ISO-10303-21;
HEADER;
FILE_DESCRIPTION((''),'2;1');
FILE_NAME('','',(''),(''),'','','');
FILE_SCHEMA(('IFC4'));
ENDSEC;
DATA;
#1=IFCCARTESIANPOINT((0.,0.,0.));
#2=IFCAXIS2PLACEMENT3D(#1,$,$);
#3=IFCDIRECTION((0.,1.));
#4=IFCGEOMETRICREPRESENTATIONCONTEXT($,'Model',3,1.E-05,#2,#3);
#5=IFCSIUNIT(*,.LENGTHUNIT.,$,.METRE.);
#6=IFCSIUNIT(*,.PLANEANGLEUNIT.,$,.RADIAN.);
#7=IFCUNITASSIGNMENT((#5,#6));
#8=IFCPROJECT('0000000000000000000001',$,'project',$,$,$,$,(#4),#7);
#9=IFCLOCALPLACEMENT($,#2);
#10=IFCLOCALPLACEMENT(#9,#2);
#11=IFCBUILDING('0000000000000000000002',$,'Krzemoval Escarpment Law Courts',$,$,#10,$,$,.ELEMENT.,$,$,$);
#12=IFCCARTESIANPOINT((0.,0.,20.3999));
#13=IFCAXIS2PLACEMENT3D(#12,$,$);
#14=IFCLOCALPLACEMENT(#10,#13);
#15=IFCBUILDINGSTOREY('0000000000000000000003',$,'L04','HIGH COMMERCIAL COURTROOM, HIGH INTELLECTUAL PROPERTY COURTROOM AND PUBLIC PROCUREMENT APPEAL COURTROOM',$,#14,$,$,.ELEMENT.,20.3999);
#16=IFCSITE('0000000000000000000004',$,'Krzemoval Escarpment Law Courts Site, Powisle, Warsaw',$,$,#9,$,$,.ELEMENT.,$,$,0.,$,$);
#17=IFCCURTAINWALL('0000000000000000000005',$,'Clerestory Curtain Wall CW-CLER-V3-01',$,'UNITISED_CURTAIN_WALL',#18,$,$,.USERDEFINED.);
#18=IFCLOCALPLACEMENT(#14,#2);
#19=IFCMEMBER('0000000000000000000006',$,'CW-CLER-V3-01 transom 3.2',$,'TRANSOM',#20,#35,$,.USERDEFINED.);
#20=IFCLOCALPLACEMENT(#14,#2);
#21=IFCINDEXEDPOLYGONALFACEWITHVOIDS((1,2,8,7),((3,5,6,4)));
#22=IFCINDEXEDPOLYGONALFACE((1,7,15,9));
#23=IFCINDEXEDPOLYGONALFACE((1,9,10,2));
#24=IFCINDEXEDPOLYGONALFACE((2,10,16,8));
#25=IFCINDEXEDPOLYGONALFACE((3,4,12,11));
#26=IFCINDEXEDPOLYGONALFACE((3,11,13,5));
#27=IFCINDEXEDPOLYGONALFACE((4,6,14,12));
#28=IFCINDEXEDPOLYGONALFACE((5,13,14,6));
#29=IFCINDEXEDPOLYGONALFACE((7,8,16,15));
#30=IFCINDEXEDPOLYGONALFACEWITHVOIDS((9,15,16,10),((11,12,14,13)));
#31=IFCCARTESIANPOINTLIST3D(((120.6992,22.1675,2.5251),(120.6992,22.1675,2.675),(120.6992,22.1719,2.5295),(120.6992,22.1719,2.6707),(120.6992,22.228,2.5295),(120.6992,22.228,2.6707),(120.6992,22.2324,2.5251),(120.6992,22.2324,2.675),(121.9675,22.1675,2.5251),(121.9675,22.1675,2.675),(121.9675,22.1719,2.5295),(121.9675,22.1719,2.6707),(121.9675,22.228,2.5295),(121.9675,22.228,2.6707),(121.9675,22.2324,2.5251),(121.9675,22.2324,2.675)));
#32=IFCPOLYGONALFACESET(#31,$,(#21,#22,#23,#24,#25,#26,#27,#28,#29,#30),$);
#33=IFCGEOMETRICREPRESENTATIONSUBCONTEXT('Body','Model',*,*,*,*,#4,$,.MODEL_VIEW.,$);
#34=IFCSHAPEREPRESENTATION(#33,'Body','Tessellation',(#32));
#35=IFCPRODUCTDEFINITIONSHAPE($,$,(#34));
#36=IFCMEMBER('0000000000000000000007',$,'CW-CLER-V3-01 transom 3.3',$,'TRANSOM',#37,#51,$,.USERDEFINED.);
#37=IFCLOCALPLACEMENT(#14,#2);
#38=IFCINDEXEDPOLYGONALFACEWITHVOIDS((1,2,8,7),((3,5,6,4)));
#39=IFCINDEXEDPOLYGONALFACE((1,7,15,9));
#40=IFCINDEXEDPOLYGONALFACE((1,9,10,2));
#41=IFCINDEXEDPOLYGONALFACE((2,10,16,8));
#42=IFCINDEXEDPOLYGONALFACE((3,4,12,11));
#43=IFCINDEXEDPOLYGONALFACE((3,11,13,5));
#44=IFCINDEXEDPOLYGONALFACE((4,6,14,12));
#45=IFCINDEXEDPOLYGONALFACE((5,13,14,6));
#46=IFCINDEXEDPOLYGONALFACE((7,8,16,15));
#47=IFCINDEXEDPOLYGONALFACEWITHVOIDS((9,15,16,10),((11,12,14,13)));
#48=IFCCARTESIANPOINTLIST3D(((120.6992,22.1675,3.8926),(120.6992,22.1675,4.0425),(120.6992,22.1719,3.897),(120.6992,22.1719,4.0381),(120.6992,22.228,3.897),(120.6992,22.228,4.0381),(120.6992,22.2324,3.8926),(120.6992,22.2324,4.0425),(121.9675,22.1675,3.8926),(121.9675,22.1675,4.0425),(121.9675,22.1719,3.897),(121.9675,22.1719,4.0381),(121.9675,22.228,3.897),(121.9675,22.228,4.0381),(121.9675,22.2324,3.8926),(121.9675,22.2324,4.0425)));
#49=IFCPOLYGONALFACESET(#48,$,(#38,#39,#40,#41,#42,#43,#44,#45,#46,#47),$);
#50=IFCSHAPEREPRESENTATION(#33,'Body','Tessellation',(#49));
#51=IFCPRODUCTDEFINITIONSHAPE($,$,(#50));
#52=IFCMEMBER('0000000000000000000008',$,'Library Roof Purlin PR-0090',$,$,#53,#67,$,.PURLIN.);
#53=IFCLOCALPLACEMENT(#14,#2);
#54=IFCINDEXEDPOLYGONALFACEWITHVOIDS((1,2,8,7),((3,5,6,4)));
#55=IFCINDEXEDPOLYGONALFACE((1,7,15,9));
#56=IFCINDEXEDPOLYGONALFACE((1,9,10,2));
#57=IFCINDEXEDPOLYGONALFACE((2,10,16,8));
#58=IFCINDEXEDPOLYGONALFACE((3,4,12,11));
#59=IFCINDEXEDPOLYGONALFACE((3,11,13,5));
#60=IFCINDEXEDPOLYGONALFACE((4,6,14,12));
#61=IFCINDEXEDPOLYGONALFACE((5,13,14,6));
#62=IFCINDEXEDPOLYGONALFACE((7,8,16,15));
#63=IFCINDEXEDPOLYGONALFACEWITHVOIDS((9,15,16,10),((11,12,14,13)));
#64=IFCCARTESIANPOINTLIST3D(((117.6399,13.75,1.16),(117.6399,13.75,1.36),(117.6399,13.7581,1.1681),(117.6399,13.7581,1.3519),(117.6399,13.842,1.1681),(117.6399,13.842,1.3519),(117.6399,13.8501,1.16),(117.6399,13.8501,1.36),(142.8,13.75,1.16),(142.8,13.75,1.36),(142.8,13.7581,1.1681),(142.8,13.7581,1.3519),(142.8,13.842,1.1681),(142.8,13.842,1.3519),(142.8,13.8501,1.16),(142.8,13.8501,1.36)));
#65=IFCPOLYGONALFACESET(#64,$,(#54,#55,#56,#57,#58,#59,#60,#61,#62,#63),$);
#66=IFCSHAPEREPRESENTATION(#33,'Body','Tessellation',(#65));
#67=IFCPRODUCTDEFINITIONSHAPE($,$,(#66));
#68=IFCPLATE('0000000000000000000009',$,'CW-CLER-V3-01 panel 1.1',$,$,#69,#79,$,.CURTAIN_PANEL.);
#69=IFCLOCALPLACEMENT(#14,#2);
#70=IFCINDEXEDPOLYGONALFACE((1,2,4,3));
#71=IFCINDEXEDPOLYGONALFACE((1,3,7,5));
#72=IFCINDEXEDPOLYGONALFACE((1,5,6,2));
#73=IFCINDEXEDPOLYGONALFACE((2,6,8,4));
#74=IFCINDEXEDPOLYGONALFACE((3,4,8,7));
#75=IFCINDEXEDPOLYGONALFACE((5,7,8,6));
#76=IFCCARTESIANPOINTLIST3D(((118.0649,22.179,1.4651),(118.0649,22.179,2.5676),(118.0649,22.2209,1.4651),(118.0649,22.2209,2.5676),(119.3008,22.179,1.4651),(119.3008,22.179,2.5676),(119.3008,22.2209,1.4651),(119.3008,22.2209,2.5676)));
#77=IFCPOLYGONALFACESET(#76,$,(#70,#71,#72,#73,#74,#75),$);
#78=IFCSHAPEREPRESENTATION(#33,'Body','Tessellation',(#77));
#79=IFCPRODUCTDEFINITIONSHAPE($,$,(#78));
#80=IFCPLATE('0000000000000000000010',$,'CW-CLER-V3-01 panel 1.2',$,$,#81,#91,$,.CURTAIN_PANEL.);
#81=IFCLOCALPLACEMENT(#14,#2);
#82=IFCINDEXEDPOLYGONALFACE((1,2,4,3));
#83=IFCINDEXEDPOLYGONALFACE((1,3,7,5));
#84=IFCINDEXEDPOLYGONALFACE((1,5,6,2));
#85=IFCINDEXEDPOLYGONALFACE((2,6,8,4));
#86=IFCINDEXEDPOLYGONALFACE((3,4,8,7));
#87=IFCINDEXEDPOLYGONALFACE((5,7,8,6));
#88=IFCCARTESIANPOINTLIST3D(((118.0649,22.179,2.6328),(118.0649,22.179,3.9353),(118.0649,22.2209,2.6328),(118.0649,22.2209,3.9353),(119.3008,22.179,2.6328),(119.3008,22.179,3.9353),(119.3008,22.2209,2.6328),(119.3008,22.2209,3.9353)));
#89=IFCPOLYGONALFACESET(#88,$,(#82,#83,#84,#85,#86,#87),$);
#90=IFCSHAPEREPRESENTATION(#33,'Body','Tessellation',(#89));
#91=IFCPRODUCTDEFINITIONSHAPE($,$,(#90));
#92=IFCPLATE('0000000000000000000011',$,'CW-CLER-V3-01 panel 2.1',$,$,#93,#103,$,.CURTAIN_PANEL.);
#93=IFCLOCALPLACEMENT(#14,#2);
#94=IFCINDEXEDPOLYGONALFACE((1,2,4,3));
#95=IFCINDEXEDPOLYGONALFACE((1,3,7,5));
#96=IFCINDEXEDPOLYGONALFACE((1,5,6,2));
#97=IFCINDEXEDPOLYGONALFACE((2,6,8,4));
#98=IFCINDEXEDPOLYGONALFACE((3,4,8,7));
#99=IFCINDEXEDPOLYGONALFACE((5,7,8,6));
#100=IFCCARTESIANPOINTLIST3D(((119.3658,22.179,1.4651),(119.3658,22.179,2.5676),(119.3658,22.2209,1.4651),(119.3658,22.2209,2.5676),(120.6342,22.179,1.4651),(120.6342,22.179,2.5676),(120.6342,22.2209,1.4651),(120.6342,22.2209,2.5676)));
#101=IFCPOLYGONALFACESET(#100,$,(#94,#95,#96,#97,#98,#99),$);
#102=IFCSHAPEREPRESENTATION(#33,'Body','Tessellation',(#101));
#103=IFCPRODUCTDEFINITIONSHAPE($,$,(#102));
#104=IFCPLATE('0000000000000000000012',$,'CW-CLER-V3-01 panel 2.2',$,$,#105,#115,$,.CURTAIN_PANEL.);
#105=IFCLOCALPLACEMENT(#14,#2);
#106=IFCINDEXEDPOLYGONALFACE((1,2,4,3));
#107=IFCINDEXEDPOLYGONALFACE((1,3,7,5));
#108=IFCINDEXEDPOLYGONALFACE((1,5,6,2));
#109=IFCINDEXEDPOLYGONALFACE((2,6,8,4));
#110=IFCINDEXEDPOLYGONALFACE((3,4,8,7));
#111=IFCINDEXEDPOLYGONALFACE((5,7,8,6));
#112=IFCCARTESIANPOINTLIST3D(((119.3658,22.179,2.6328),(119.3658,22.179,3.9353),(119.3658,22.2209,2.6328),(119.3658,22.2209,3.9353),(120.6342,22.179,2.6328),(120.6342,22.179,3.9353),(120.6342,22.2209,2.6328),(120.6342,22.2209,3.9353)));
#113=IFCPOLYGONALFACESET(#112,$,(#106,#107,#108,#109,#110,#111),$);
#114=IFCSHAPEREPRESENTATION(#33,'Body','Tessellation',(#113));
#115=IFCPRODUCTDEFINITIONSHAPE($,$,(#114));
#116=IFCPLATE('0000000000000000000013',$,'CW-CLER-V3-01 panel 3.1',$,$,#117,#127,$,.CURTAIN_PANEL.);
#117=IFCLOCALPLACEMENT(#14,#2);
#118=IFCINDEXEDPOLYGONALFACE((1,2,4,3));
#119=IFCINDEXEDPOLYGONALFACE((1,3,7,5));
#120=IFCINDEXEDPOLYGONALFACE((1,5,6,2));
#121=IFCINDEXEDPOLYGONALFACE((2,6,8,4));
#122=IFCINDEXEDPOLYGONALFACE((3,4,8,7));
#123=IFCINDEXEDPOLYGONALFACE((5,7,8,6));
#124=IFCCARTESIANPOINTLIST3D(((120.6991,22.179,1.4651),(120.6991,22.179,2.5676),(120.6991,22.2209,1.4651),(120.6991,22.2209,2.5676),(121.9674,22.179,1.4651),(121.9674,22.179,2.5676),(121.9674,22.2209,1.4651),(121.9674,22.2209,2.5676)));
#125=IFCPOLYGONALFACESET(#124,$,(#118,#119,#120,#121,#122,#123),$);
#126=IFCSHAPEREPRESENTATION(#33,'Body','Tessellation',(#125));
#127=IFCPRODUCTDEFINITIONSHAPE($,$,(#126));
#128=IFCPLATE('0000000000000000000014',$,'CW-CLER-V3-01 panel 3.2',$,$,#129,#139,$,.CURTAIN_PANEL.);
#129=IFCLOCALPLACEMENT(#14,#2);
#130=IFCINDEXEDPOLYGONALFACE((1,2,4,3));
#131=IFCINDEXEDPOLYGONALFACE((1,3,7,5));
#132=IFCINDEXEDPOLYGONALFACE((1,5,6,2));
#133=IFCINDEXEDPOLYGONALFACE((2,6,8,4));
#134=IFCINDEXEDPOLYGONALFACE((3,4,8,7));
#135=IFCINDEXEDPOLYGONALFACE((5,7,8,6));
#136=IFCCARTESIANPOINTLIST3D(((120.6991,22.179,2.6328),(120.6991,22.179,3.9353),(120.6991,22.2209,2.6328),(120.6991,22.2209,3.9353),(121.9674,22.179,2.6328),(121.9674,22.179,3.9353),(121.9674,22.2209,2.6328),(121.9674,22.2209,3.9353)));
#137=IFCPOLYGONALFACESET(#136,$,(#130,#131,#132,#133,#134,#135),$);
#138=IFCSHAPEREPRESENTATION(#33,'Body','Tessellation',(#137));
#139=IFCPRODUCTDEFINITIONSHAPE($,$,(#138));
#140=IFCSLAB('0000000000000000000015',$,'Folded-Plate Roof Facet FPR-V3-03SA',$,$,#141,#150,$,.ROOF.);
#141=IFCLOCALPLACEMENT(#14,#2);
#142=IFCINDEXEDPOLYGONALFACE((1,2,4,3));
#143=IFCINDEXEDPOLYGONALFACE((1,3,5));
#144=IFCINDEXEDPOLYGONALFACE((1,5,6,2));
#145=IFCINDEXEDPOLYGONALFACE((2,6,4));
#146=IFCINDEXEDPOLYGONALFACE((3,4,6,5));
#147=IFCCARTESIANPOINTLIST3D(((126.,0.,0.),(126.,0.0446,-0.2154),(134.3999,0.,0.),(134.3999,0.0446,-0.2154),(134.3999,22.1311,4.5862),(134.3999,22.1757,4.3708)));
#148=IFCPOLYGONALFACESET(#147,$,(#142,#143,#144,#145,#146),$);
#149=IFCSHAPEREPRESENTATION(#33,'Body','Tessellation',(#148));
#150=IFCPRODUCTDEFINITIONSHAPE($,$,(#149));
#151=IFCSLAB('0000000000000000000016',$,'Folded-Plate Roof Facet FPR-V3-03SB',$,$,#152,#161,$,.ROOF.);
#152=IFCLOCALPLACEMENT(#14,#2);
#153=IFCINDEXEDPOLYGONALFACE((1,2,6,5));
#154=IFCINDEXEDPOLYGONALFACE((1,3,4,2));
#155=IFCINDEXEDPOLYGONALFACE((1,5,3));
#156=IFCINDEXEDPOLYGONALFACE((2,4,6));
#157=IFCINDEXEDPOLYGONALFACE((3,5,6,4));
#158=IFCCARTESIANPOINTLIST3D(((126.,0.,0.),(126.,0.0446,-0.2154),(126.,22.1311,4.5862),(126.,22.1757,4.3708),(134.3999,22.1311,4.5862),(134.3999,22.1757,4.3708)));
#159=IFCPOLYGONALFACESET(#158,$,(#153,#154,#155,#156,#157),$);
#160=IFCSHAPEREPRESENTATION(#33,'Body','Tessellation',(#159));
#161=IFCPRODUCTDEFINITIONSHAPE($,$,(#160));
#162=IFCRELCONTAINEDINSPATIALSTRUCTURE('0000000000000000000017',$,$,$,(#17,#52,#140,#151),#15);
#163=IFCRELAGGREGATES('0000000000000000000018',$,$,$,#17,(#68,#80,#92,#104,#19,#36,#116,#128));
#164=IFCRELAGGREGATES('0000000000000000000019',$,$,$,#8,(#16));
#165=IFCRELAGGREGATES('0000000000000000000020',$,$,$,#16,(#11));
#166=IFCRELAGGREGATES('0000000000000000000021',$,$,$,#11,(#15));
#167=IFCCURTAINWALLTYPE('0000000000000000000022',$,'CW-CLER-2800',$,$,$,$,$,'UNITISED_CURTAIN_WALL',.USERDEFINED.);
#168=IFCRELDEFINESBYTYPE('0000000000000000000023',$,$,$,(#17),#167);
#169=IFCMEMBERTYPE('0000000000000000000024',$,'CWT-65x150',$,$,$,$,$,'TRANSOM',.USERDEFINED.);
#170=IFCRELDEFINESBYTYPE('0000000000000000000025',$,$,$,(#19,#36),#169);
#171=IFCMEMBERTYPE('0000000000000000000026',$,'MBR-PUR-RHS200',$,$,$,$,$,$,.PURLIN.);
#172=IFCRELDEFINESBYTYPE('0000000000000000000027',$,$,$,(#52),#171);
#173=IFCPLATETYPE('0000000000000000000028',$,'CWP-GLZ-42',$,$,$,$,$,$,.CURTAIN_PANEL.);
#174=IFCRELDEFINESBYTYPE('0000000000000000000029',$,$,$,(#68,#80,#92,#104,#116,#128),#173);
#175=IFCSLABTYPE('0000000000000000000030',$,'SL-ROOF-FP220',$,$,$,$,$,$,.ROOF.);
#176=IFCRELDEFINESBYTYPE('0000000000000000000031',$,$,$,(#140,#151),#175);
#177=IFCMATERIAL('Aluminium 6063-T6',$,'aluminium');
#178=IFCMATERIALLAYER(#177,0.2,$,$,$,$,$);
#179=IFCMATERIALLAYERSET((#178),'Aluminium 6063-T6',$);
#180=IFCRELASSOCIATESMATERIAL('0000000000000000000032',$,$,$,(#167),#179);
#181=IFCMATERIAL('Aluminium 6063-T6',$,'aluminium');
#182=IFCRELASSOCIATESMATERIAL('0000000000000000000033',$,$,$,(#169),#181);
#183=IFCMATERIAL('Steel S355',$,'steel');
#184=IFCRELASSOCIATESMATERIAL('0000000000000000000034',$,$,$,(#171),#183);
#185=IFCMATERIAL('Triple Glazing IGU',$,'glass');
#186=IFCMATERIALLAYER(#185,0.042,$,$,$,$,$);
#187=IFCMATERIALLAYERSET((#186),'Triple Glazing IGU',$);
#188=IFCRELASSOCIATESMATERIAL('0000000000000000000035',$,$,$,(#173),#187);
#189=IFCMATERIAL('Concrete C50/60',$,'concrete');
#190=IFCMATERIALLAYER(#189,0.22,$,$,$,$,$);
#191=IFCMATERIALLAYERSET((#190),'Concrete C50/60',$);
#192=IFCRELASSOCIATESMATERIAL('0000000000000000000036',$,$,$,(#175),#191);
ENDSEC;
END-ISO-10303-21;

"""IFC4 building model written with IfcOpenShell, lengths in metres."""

from ifc_helpers import new_model, si_unit, direction, frame, origin, origin_2d, place, context, subcontext, project, spatial, polyline, rectangle, hollow_rectangle, outline, extrude, material, layer, layer_set, material_profile, profile_set, type_object, element, aggregate, save


model = new_model("IFC4")

# Units and contexts
model_context = context("Model", 3, precision=1e-05, world=origin(), true_north=direction((0.0, 1.0)))
body_context = subcontext(model_context, "Body", "Model", "MODEL_VIEW")
ifc_project = project(units=[si_unit("LENGTHUNIT", "METRE"), si_unit("PLANEANGLEUNIT", "RADIAN")], contexts=[model_context])

# Site, building, storey
site_placement = place(None, origin())
site = spatial("IfcSite", under=ifc_project, at=site_placement, Name="Krzemoval Escarpment Law Courts Site, Powisle, Warsaw", CompositionType="ELEMENT", RefElevation=0.0)
building_placement = place(site_placement, origin())
building = spatial("IfcBuilding", under=site, at=building_placement, Name="Krzemoval Escarpment Law Courts", CompositionType="ELEMENT")
storey_placement = place(building_placement, frame((0.0, 0.0, 20.3999)))
storey = spatial("IfcBuildingStorey", under=building, at=storey_placement, Name="L04", Description="HIGH COMMERCIAL COURTROOM, HIGH INTELLECTUAL PROPERTY COURTROOM AND PUBLIC PROCUREMENT APPEAL COURTROOM", CompositionType="ELEMENT", Elevation=20.3999)

# Curtain wall, members
ifc_material_1 = material(Name="Aluminium 6063-T6", Category="aluminium")
ifc_layer_1 = layer(ifc_material_1, 0.2)
ifc_layer_set_1 = layer_set([ifc_layer_1], Name="Aluminium 6063-T6")
curtain_wall_type = type_object("IfcCurtainWallType", Name="CW-CLER-2800", ElementType="UNITISED_CURTAIN_WALL", PredefinedType="USERDEFINED", material=ifc_layer_set_1)
curtain_wall_placement = place(storey_placement, origin())
curtain_wall = element("IfcCurtainWall", 1, at=curtain_wall_placement, inside=storey, type_object=curtain_wall_type, Name="Clerestory Curtain Wall CW-CLER-V3-01", ObjectType="UNITISED_CURTAIN_WALL", PredefinedType="USERDEFINED")
ifc_material_2 = material(Name="Aluminium 6063-T6", Category="aluminium")
ifc_material_profile_1 = material_profile(ifc_material_2, hollow_rectangle(XDim=0.0649, YDim=0.1499, WallThickness=0.0044, at=origin_2d()), Name="ALU T65x150")
ifc_profile_set_1 = profile_set([ifc_material_profile_1], Name="Aluminium 6063-T6")
member_type_1 = type_object("IfcMemberType", Name="CWT-65x150", ElementType="TRANSOM", PredefinedType="USERDEFINED", material=ifc_profile_set_1)
member_1_placement = place(storey_placement, frame((120.6992, 22.2, 2.6001), z_axis=(1.0, 0.0, 0.0), x_axis=(0.0, 1.0, 0.0)))
member_1 = element("IfcMember", 2, at=member_1_placement, type_object=member_type_1, Name="CW-CLER-V3-01 transom 3.2", ObjectType="TRANSOM", PredefinedType="USERDEFINED", context=body_context, shape_type="SweptSolid", body=[
    extrude(hollow_rectangle(XDim=0.0649, YDim=0.1499, WallThickness=0.0044, at=origin_2d()), origin(), (0.0, 0.0, 1.0), 1.2683),
])
member_2_placement = place(storey_placement, frame((120.6992, 22.2, 3.9675), z_axis=(1.0, 0.0, 0.0), x_axis=(0.0, 1.0, 0.0)))
member_2 = element("IfcMember", 3, at=member_2_placement, type_object=member_type_1, Name="CW-CLER-V3-01 transom 3.3", ObjectType="TRANSOM", PredefinedType="USERDEFINED", context=body_context, shape_type="SweptSolid", body=[
    extrude(hollow_rectangle(XDim=0.0649, YDim=0.1499, WallThickness=0.0044, at=origin_2d()), origin(), (0.0, 0.0, 1.0), 1.2683),
])

# Member
ifc_material_3 = material(Name="Steel S355", Category="steel")
ifc_material_profile_2 = material_profile(ifc_material_3, hollow_rectangle(XDim=0.1001, YDim=0.2, WallThickness=0.0081, at=origin_2d()), Name="RHS 200x100x8")
ifc_profile_set_2 = profile_set([ifc_material_profile_2], Name="Steel S355")
member_type_2 = type_object("IfcMemberType", Name="MBR-PUR-RHS200", PredefinedType="PURLIN", material=ifc_profile_set_2)
member_3_placement = place(storey_placement, frame((117.6399, 13.8, 1.26), z_axis=(1.0, 0.0, 0.0), x_axis=(0.0, 1.0, 0.0)))
element("IfcMember", 4, at=member_3_placement, inside=storey, type_object=member_type_2, Name="Library Roof Purlin PR-0090", PredefinedType="PURLIN", context=body_context, shape_type="SweptSolid", body=[
    extrude(hollow_rectangle(XDim=0.1001, YDim=0.2, WallThickness=0.0081, at=origin_2d()), origin(), (0.0, 0.0, 1.0), 25.1602),
])

# Plates
ifc_material_4 = material(Name="Triple Glazing IGU", Category="glass")
ifc_layer_2 = layer(ifc_material_4, 0.042)
ifc_layer_set_2 = layer_set([ifc_layer_2], Name="Triple Glazing IGU")
plate_type = type_object("IfcPlateType", Name="CWP-GLZ-42", PredefinedType="CURTAIN_PANEL", material=ifc_layer_set_2)
plate_1_placement = place(storey_placement, frame((118.6829, 22.2, 1.4651), z_axis=(0.0, 0.0, 1.0), x_axis=(1.0, 0.0, 0.0)))
plate_1 = element("IfcPlate", 5, at=plate_1_placement, type_object=plate_type, Name="CW-CLER-V3-01 panel 1.1", PredefinedType="CURTAIN_PANEL", context=body_context, shape_type="SweptSolid", body=[
    extrude(rectangle(XDim=1.2358, YDim=0.042, at=origin_2d()), origin(), (0.0, 0.0, 1.0), 1.1025),
])
plate_2_placement = place(storey_placement, frame((118.6829, 22.2, 2.6328), z_axis=(0.0, 0.0, 1.0), x_axis=(1.0, 0.0, 0.0)))
plate_2 = element("IfcPlate", 6, at=plate_2_placement, type_object=plate_type, Name="CW-CLER-V3-01 panel 1.2", PredefinedType="CURTAIN_PANEL", context=body_context, shape_type="SweptSolid", body=[
    extrude(rectangle(XDim=1.2358, YDim=0.042, at=origin_2d()), origin(), (0.0, 0.0, 1.0), 1.3025),
])
plate_3_placement = place(storey_placement, frame((120.0, 22.2, 1.4651), z_axis=(0.0, 0.0, 1.0), x_axis=(1.0, 0.0, 0.0)))
plate_3 = element("IfcPlate", 7, at=plate_3_placement, type_object=plate_type, Name="CW-CLER-V3-01 panel 2.1", PredefinedType="CURTAIN_PANEL", context=body_context, shape_type="SweptSolid", body=[
    extrude(rectangle(XDim=1.2683, YDim=0.042, at=origin_2d()), origin(), (0.0, 0.0, 1.0), 1.1025),
])
plate_4_placement = place(storey_placement, frame((120.0, 22.2, 2.6328), z_axis=(0.0, 0.0, 1.0), x_axis=(1.0, 0.0, 0.0)))
plate_4 = element("IfcPlate", 8, at=plate_4_placement, type_object=plate_type, Name="CW-CLER-V3-01 panel 2.2", PredefinedType="CURTAIN_PANEL", context=body_context, shape_type="SweptSolid", body=[
    extrude(rectangle(XDim=1.2683, YDim=0.042, at=origin_2d()), origin(), (0.0, 0.0, 1.0), 1.3025),
])
plate_5_placement = place(storey_placement, frame((121.3333, 22.2, 1.4651), z_axis=(0.0, 0.0, 1.0), x_axis=(1.0, 0.0, 0.0)))
plate_5 = element("IfcPlate", 9, at=plate_5_placement, type_object=plate_type, Name="CW-CLER-V3-01 panel 3.1", PredefinedType="CURTAIN_PANEL", context=body_context, shape_type="SweptSolid", body=[
    extrude(rectangle(XDim=1.2683, YDim=0.042, at=origin_2d()), origin(), (0.0, 0.0, 1.0), 1.1025),
])
plate_6_placement = place(storey_placement, frame((121.3333, 22.2, 2.6328), z_axis=(0.0, 0.0, 1.0), x_axis=(1.0, 0.0, 0.0)))
plate_6 = element("IfcPlate", 10, at=plate_6_placement, type_object=plate_type, Name="CW-CLER-V3-01 panel 3.2", PredefinedType="CURTAIN_PANEL", context=body_context, shape_type="SweptSolid", body=[
    extrude(rectangle(XDim=1.2683, YDim=0.042, at=origin_2d()), origin(), (0.0, 0.0, 1.0), 1.3025),
])
aggregate(curtain_wall, [plate_1, plate_2, plate_3, plate_4, member_1, member_2, plate_5, plate_6])

# Slabs
ifc_material_5 = material(Name="Concrete C50/60", Category="concrete")
ifc_layer_3 = layer(ifc_material_5, 0.22)
ifc_layer_set_3 = layer_set([ifc_layer_3], Name="Concrete C50/60")
slab_type = type_object("IfcSlabType", Name="SL-ROOF-FP220", PredefinedType="ROOF", material=ifc_layer_set_3)
slab_1_placement = place(storey_placement, frame((126.0, 0.0, 0.0), z_axis=(0.0, -0.202917, 0.979196), x_axis=(1.0, 0.0, 0.0)))
element("IfcSlab", 11, at=slab_1_placement, inside=storey, type_object=slab_type, Name="Folded-Plate Roof Facet FPR-V3-03SA", PredefinedType="ROOF", context=body_context, shape_type="SweptSolid", body=[
    extrude(outline(polyline([(0.0, 0.0), (8.3999, 0.0), (8.3999, 22.6013), (0.0, 0.0)])), origin(), (0.0, 0.0, -1.0), 0.22),
])
slab_2_placement = place(storey_placement, frame((126.0, 0.0, 0.0), z_axis=(0.0, -0.202917, 0.979196), x_axis=(0.348374, 0.917855, 0.190205)))
element("IfcSlab", 12, at=slab_2_placement, inside=storey, type_object=slab_type, Name="Folded-Plate Roof Facet FPR-V3-03SB", PredefinedType="ROOF", context=body_context, shape_type="SweptSolid", body=[
    extrude(outline(polyline([(0.0, 0.0), (24.1118, 0.0), (21.1855, 7.8737), (0.0, 0.0)])), origin(), (0.0, 0.0, -1.0), 0.22),
])

save(model, "model.ifc")
